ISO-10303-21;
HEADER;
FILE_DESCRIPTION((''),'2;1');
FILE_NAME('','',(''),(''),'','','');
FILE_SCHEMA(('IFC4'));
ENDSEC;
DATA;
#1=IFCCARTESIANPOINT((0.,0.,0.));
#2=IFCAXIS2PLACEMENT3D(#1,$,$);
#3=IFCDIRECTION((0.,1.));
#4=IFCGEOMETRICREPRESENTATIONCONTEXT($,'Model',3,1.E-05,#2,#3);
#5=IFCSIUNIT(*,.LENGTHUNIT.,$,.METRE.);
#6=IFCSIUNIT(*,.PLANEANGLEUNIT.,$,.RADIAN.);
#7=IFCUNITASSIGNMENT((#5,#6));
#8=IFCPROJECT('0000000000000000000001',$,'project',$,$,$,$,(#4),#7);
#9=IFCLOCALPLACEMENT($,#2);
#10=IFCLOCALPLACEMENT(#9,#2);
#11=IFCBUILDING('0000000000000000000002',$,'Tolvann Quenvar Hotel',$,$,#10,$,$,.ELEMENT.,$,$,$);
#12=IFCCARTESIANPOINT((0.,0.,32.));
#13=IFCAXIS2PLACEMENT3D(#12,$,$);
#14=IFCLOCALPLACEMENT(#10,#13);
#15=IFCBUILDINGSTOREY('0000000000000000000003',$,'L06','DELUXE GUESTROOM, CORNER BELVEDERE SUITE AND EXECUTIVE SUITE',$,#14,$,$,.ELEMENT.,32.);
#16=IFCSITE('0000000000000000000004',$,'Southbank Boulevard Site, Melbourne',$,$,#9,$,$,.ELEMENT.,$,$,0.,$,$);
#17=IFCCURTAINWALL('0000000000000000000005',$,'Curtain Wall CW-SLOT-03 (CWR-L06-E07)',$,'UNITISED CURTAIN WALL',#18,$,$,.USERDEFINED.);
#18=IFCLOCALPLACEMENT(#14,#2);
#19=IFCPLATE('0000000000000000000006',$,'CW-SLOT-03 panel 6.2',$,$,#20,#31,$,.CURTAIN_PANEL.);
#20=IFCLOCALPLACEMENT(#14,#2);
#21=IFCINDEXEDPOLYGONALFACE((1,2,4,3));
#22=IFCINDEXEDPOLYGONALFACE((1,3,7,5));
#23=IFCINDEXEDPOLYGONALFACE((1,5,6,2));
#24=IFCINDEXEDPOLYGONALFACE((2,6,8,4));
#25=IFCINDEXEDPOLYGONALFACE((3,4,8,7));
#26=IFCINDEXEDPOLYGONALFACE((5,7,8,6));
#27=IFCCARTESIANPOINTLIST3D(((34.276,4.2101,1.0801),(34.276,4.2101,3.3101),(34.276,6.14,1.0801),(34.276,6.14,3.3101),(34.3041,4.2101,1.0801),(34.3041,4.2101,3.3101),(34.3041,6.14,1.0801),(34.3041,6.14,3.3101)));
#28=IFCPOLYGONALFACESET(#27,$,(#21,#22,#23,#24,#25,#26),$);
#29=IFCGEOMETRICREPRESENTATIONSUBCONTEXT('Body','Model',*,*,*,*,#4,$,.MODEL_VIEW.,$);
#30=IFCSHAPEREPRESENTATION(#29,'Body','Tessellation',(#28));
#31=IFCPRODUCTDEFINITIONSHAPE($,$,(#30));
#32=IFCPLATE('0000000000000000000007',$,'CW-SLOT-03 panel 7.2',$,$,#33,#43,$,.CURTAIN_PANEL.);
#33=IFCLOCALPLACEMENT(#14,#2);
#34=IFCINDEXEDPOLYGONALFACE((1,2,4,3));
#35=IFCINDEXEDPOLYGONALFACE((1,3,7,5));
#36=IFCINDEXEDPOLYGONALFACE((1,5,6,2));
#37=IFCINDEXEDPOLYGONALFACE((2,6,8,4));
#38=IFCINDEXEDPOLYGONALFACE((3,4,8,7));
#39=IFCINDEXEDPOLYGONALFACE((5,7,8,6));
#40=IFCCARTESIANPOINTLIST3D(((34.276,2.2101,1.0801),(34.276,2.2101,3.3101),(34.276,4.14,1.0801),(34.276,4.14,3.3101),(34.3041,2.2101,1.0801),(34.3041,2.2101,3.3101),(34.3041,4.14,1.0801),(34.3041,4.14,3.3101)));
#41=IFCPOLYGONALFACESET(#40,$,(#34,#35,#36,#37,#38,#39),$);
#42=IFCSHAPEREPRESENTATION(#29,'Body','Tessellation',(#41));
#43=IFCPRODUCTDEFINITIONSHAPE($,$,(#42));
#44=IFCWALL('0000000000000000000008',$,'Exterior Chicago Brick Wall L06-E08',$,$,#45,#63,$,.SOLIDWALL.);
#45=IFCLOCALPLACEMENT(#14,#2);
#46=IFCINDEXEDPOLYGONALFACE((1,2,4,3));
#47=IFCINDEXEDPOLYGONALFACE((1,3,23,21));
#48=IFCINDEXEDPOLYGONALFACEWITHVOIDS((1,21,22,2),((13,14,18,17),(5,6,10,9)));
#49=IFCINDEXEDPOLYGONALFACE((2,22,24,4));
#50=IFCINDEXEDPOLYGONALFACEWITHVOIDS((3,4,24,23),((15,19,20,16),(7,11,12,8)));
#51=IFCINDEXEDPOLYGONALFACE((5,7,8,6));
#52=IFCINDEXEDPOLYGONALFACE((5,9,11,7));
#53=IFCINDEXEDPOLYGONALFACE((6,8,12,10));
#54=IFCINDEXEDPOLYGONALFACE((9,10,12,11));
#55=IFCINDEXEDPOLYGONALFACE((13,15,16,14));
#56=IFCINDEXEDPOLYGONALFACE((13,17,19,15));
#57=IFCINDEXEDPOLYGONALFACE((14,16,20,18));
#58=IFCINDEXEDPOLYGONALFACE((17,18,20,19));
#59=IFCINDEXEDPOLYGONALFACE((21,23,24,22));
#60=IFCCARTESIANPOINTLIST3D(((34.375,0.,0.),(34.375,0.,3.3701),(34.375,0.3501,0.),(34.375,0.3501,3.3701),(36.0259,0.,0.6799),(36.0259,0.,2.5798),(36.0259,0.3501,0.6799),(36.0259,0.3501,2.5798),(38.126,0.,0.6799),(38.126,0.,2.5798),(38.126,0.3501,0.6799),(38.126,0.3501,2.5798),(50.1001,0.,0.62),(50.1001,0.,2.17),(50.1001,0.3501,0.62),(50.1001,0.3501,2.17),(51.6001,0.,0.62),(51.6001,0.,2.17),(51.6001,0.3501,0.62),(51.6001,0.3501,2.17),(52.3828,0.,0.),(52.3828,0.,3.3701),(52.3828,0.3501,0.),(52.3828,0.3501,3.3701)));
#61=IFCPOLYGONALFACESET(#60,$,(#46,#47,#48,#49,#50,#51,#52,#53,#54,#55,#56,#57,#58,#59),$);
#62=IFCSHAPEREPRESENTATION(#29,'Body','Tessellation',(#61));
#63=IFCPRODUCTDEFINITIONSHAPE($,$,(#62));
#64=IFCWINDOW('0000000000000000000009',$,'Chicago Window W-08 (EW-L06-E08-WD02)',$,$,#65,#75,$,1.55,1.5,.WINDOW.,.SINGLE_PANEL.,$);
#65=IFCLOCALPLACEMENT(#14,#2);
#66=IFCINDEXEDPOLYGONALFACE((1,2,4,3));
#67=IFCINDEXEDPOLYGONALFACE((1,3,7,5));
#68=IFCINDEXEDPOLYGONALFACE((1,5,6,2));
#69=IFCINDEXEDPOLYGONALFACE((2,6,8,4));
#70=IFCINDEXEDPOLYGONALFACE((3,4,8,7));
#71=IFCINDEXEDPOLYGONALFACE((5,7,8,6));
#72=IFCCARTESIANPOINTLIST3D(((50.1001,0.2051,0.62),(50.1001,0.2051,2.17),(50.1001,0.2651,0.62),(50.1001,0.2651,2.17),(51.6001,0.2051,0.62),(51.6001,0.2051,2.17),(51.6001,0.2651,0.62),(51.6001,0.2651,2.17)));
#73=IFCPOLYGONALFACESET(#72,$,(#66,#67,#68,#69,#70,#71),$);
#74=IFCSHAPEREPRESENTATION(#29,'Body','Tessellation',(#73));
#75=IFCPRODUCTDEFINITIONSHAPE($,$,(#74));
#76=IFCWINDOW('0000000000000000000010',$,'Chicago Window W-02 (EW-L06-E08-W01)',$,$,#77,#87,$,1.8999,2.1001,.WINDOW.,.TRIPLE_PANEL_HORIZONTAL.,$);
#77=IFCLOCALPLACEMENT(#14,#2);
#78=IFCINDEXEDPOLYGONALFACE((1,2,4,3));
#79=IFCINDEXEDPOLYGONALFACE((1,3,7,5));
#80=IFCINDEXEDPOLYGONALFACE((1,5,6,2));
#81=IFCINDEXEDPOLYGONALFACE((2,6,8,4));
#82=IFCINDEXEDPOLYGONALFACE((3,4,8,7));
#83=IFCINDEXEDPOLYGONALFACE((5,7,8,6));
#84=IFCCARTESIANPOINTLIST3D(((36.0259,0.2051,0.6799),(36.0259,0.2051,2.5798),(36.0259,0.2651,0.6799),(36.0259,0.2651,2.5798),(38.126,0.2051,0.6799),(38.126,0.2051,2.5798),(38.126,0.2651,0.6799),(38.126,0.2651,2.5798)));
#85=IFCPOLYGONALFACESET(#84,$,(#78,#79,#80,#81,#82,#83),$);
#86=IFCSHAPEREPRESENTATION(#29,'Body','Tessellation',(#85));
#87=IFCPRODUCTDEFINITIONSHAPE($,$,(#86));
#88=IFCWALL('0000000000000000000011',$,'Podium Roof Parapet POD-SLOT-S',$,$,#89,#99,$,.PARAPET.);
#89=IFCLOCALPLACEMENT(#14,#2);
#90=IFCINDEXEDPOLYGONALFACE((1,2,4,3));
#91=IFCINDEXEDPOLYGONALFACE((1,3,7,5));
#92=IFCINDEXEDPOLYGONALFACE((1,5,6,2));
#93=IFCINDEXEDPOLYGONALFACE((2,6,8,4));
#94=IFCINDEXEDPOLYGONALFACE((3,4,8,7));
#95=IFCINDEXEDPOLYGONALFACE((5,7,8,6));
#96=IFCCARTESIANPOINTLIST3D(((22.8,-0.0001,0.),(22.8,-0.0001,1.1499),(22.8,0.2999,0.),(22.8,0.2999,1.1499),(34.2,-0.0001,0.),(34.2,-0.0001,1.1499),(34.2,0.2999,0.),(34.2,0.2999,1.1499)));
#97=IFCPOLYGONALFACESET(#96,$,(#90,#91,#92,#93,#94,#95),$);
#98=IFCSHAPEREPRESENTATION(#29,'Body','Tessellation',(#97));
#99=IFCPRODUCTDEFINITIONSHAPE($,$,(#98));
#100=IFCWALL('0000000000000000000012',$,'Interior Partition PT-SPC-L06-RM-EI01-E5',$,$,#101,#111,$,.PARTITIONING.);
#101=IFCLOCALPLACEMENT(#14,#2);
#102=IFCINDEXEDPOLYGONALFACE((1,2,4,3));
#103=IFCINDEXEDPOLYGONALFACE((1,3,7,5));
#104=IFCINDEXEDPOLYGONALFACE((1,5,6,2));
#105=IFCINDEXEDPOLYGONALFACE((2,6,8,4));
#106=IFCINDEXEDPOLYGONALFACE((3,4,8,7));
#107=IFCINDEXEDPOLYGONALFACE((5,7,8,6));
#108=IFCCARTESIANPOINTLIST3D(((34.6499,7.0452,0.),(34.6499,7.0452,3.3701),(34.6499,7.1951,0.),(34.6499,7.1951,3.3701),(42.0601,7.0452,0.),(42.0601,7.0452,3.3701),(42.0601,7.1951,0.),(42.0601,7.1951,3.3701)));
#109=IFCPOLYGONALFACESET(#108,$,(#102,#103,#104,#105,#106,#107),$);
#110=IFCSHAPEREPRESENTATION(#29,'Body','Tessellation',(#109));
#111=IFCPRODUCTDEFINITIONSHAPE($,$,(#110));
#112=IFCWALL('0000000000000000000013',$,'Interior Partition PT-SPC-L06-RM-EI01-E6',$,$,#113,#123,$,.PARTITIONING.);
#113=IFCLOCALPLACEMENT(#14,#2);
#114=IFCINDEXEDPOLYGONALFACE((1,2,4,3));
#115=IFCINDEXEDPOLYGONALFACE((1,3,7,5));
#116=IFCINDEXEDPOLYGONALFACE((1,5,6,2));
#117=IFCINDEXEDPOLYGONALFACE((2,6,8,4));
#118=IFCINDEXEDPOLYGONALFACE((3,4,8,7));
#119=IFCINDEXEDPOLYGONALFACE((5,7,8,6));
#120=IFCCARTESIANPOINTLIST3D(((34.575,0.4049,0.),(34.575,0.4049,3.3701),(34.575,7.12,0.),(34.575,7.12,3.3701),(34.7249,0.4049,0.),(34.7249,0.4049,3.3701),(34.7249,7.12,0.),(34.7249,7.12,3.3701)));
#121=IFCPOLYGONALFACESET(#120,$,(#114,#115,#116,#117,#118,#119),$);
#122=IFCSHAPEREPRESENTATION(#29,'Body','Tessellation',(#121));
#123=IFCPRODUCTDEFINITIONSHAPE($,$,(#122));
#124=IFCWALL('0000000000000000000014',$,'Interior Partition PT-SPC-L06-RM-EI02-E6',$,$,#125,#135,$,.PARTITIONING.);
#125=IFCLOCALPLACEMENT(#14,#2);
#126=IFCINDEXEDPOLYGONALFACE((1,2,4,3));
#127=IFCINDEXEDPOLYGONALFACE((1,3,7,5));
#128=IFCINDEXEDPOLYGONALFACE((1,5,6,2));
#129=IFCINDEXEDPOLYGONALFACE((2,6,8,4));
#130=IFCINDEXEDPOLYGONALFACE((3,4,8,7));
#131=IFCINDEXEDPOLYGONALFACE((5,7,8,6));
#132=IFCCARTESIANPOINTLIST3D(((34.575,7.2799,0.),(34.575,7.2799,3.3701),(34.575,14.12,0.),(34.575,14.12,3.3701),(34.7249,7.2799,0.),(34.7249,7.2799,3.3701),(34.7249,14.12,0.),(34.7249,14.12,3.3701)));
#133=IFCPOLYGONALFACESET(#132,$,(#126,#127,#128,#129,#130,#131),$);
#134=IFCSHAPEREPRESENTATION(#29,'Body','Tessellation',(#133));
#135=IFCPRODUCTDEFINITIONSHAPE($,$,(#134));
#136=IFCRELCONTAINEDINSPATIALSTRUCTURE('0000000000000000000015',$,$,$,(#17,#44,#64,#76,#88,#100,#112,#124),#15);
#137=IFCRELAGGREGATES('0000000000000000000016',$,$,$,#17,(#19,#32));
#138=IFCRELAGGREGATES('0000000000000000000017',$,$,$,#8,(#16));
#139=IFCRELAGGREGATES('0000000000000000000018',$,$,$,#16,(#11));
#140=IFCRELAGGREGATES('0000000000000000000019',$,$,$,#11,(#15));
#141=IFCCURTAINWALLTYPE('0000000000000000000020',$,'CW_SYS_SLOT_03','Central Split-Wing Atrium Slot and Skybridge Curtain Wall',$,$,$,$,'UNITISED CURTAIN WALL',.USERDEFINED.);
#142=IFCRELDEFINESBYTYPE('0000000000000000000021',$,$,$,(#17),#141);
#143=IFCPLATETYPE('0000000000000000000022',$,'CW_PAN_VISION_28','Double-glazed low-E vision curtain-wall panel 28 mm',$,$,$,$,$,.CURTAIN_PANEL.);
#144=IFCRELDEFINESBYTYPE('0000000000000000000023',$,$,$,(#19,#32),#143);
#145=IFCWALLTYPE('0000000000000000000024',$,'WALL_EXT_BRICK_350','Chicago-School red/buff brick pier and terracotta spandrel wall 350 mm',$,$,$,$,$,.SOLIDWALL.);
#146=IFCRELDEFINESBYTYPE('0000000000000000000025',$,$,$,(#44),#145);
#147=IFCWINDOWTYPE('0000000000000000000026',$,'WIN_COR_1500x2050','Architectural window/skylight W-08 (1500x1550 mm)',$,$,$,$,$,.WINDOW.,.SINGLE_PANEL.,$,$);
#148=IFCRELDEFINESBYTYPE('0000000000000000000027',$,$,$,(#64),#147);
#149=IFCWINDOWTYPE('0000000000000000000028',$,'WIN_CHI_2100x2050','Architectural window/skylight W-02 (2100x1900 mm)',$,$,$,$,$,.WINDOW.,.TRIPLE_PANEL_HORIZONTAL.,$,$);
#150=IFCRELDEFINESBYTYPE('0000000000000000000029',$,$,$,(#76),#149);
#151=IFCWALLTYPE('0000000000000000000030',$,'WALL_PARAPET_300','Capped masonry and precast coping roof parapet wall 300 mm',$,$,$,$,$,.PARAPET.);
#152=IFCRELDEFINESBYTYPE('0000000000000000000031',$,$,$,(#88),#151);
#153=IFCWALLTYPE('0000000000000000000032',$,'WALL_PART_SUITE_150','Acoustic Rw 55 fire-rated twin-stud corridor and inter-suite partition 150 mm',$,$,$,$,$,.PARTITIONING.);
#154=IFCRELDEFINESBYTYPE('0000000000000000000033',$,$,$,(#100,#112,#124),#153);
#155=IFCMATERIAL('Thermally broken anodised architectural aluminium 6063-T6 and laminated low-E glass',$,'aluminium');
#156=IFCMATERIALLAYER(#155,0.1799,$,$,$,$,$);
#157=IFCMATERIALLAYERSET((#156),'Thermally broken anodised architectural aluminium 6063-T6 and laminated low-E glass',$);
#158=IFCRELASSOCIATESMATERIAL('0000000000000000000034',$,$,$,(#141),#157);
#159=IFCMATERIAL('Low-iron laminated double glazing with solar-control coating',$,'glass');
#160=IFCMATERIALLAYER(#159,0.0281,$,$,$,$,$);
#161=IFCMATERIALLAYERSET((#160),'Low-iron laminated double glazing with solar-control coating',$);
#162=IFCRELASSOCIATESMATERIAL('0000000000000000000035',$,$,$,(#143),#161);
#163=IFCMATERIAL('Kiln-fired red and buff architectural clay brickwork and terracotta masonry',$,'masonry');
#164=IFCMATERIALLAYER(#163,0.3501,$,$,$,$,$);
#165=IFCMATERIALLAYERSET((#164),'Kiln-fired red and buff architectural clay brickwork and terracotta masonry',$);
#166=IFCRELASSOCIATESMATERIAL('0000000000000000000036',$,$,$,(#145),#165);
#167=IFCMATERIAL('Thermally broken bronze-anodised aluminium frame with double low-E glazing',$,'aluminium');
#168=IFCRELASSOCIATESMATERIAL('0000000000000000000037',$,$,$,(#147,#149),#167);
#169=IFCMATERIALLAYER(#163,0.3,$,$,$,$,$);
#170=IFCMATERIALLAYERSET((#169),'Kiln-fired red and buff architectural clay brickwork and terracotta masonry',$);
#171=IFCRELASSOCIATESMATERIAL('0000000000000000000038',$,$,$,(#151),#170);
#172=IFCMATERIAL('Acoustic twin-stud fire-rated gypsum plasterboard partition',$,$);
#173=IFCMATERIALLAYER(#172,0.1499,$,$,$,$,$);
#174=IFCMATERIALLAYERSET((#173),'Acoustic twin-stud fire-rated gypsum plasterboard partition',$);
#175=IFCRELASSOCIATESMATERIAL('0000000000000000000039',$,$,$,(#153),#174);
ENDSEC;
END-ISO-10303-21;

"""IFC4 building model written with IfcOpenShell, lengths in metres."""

from ifc_helpers import new_model, si_unit, direction, frame, frame_2d, origin, origin_2d, place, context, subcontext, project, spatial, rectangle, extrude, source, transform, mapped, material, layer, layer_set, type_object, type_shapes, element, fill, aggregate, save


model = new_model("IFC4")

# Units and contexts
model_context = context("Model", 3, precision=1e-05, world=origin(), true_north=direction((0.0, 1.0)))
body_context = subcontext(model_context, "Body", "Model", "MODEL_VIEW")
ifc_project = project(units=[si_unit("LENGTHUNIT", "METRE"), si_unit("PLANEANGLEUNIT", "RADIAN")], contexts=[model_context])

# Site, building, storey
site_placement = place(None, origin())
site = spatial("IfcSite", under=ifc_project, at=site_placement, Name="Southbank Boulevard Site, Melbourne", CompositionType="ELEMENT", RefElevation=0.0)
building_placement = place(site_placement, origin())
building = spatial("IfcBuilding", under=site, at=building_placement, Name="Tolvann Quenvar Hotel", CompositionType="ELEMENT")
storey_placement = place(building_placement, frame((0.0, 0.0, 32.0)))
storey = spatial("IfcBuildingStorey", under=building, at=storey_placement, Name="L06", Description="DELUXE GUESTROOM, CORNER BELVEDERE SUITE AND EXECUTIVE SUITE", CompositionType="ELEMENT", Elevation=32.0)

# Curtain wall, plates
ifc_material_1 = material(Name="Thermally broken anodised architectural aluminium 6063-T6 and laminated low-E glass", Category="aluminium")
ifc_layer_1 = layer(ifc_material_1, 0.1799)
ifc_layer_set_1 = layer_set([ifc_layer_1], Name="Thermally broken anodised architectural aluminium 6063-T6 and laminated low-E glass")
curtain_wall_type = type_object("IfcCurtainWallType", Name="CW_SYS_SLOT_03", Description="Central Split-Wing Atrium Slot and Skybridge Curtain Wall", ElementType="UNITISED CURTAIN WALL", PredefinedType="USERDEFINED", material=ifc_layer_set_1)
curtain_wall_placement = place(storey_placement, origin())
curtain_wall = element("IfcCurtainWall", 1, at=curtain_wall_placement, inside=storey, type_object=curtain_wall_type, Name="Curtain Wall CW-SLOT-03 (CWR-L06-E07)", ObjectType="UNITISED CURTAIN WALL", PredefinedType="USERDEFINED")
ifc_material_2 = material(Name="Low-iron laminated double glazing with solar-control coating", Category="glass")
ifc_layer_2 = layer(ifc_material_2, 0.0281)
ifc_layer_set_2 = layer_set([ifc_layer_2], Name="Low-iron laminated double glazing with solar-control coating")
plate_type = type_object("IfcPlateType", Name="CW_PAN_VISION_28", Description="Double-glazed low-E vision curtain-wall panel 28 mm", PredefinedType="CURTAIN_PANEL", material=ifc_layer_set_2)
shared_shape_1 = source(origin(), body_context, "Body", "SweptSolid", [
    extrude(rectangle(XDim=1.9299, YDim=0.0281, at=origin_2d()), origin(), (0.0, 0.0, 1.0), 2.23),
])
plate_1_placement = place(storey_placement, frame((34.29, 5.175, 1.0801), z_axis=(0.0, 0.0, 1.0), x_axis=(0.0, -1.0, 0.0)))
plate_1 = element("IfcPlate", 2, at=plate_1_placement, type_object=plate_type, Name="CW-SLOT-03 panel 6.2", PredefinedType="CURTAIN_PANEL", context=body_context, shape_type="MappedRepresentation", body=[
    mapped(shared_shape_1, transform((0.0, 0.0, 0.0), x_axis=(1.0, 0.0, 0.0), y_axis=(0.0, 1.0, 0.0), z_axis=(0.0, 0.0, 1.0), scale=1.0)),
])
plate_2_placement = place(storey_placement, frame((34.29, 3.175, 1.0801), z_axis=(0.0, 0.0, 1.0), x_axis=(0.0, -1.0, 0.0)))
plate_2 = element("IfcPlate", 3, at=plate_2_placement, type_object=plate_type, Name="CW-SLOT-03 panel 7.2", PredefinedType="CURTAIN_PANEL", context=body_context, shape_type="MappedRepresentation", body=[
    mapped(shared_shape_1, transform((0.0, 0.0, 0.0), x_axis=(1.0, 0.0, 0.0), y_axis=(0.0, 1.0, 0.0), z_axis=(0.0, 0.0, 1.0), scale=1.0)),
])
aggregate(curtain_wall, [plate_1, plate_2])

# Wall, openings, windows
ifc_material_3 = material(Name="Kiln-fired red and buff architectural clay brickwork and terracotta masonry", Category="masonry")
ifc_layer_3 = layer(ifc_material_3, 0.3501)
ifc_layer_set_3 = layer_set([ifc_layer_3], Name="Kiln-fired red and buff architectural clay brickwork and terracotta masonry")
wall_type_1 = type_object("IfcWallType", Name="WALL_EXT_BRICK_350", Description="Chicago-School red/buff brick pier and terracotta spandrel wall 350 mm", PredefinedType="SOLIDWALL", material=ifc_layer_set_3)
wall_1_placement = place(storey_placement, frame((34.375, 0.175, 0.0), z_axis=(0.0, 0.0, 1.0), x_axis=(1.0, 0.0, 0.0)))
wall_1 = element("IfcWall", 4, at=wall_1_placement, inside=storey, type_object=wall_type_1, Name="Exterior Chicago Brick Wall L06-E08", PredefinedType="SOLIDWALL", context=body_context, shape_type="SweptSolid", body=[
    extrude(rectangle(XDim=18.0078, YDim=0.3501, at=frame_2d((9.0039, 0.0))), origin(), (0.0, 0.0, 1.0), 3.3701),
])
opening_1_placement = place(wall_1_placement, frame((1.6509, 0.0, 0.6799)))
opening_1 = element("IfcOpeningElement", 5, at=opening_1_placement, cuts=wall_1, PredefinedType="OPENING", context=body_context, shape_type="SweptSolid", body=[
    extrude(rectangle(XDim=2.1001, YDim=1.8999, at=frame_2d((1.05, 0.95))), frame((0.0, 0.1851, 0.0), z_axis=(0.0, -1.0, 0.0), x_axis=(1.0, 0.0, 0.0)), (0.0, 0.0, 1.0), 0.3701),
])
opening_2_placement = place(wall_1_placement, frame((15.7251, 0.0, 0.6201)))
opening_2 = element("IfcOpeningElement", 6, at=opening_2_placement, cuts=wall_1, PredefinedType="OPENING", context=body_context, shape_type="SweptSolid", body=[
    extrude(rectangle(XDim=1.5, YDim=1.55, at=frame_2d((0.75, 0.7749))), frame((0.0, 0.1851, 0.0), z_axis=(0.0, -1.0, 0.0), x_axis=(1.0, 0.0, 0.0)), (0.0, 0.0, 1.0), 0.3701),
])
ifc_material_4 = material(Name="Thermally broken bronze-anodised aluminium frame with double low-E glazing", Category="aluminium")
window_type_1 = type_object("IfcWindowType", Name="WIN_COR_1500x2050", Description="Architectural window/skylight W-08 (1500x1550 mm)", PartitioningType="SINGLE_PANEL", PredefinedType="WINDOW", material=ifc_material_4)
shared_shape_2 = source(origin(), body_context, "Body", "SweptSolid", [
    extrude(rectangle(XDim=1.5, YDim=1.55, at=frame_2d((0.75, 0.7749))), frame((0.0, 0.0901, 0.0), z_axis=(0.0, -1.0, 0.0), x_axis=(1.0, 0.0, 0.0)), (0.0, 0.0, 1.0), 0.0601),
])
type_shapes(window_type_1, [shared_shape_2])
window_1_placement = place(opening_2_placement, origin())
window_1 = element("IfcWindow", 7, at=window_1_placement, inside=storey, type_object=window_type_1, Name="Chicago Window W-08 (EW-L06-E08-WD02)", OverallHeight=1.55, OverallWidth=1.5, PartitioningType="SINGLE_PANEL", PredefinedType="WINDOW", context=body_context, shape_type="MappedRepresentation", body=[
    mapped(shared_shape_2, transform((0.0, 0.0, 0.0), x_axis=(1.0, 0.0, 0.0), y_axis=(0.0, 1.0, 0.0), z_axis=(0.0, 0.0, 1.0), scale=1.0)),
])
fill(opening_2, window_1)
window_type_2 = type_object("IfcWindowType", Name="WIN_CHI_2100x2050", Description="Architectural window/skylight W-02 (2100x1900 mm)", PartitioningType="TRIPLE_PANEL_HORIZONTAL", PredefinedType="WINDOW", material=ifc_material_4)
shared_shape_3 = source(origin(), body_context, "Body", "SweptSolid", [
    extrude(rectangle(XDim=2.1001, YDim=1.8999, at=frame_2d((1.05, 0.95))), frame((0.0, 0.0901, 0.0), z_axis=(0.0, -1.0, 0.0), x_axis=(1.0, 0.0, 0.0)), (0.0, 0.0, 1.0), 0.0601),
])
type_shapes(window_type_2, [shared_shape_3])
window_2_placement = place(opening_1_placement, origin())
window_2 = element("IfcWindow", 8, at=window_2_placement, inside=storey, type_object=window_type_2, Name="Chicago Window W-02 (EW-L06-E08-W01)", OverallHeight=1.8999, OverallWidth=2.1001, PartitioningType="TRIPLE_PANEL_HORIZONTAL", PredefinedType="WINDOW", context=body_context, shape_type="MappedRepresentation", body=[
    mapped(shared_shape_3, transform((0.0, 0.0, 0.0), x_axis=(1.0, 0.0, 0.0), y_axis=(0.0, 1.0, 0.0), z_axis=(0.0, 0.0, 1.0), scale=1.0)),
])
fill(opening_1, window_2)

# Walls
ifc_layer_4 = layer(ifc_material_3, 0.3)
ifc_layer_set_4 = layer_set([ifc_layer_4], Name="Kiln-fired red and buff architectural clay brickwork and terracotta masonry")
wall_type_2 = type_object("IfcWallType", Name="WALL_PARAPET_300", Description="Capped masonry and precast coping roof parapet wall 300 mm", PredefinedType="PARAPET", material=ifc_layer_set_4)
wall_2_placement = place(storey_placement, frame((22.8, 0.1499, 0.0), z_axis=(0.0, 0.0, 1.0), x_axis=(1.0, 0.0, 0.0)))
element("IfcWall", 9, at=wall_2_placement, inside=storey, type_object=wall_type_2, Name="Podium Roof Parapet POD-SLOT-S", PredefinedType="PARAPET", context=body_context, shape_type="SweptSolid", body=[
    extrude(rectangle(XDim=11.3999, YDim=0.3, at=frame_2d((5.7, 0.0))), origin(), (0.0, 0.0, 1.0), 1.1499),
])
ifc_material_5 = material(Name="Acoustic twin-stud fire-rated gypsum plasterboard partition")
ifc_layer_5 = layer(ifc_material_5, 0.1499)
ifc_layer_set_5 = layer_set([ifc_layer_5], Name="Acoustic twin-stud fire-rated gypsum plasterboard partition")
wall_type_3 = type_object("IfcWallType", Name="WALL_PART_SUITE_150", Description="Acoustic Rw 55 fire-rated twin-stud corridor and inter-suite partition 150 mm", PredefinedType="PARTITIONING", material=ifc_layer_set_5)
wall_3_placement = place(storey_placement, frame((34.6499, 7.1201, 0.0), z_axis=(0.0, 0.0, 1.0), x_axis=(1.0, 0.0, 0.0)))
element("IfcWall", 10, at=wall_3_placement, inside=storey, type_object=wall_type_3, Name="Interior Partition PT-SPC-L06-RM-EI01-E5", PredefinedType="PARTITIONING", context=body_context, shape_type="SweptSolid", body=[
    extrude(rectangle(XDim=7.4102, YDim=0.1499, at=frame_2d((3.7051, 0.0))), origin(), (0.0, 0.0, 1.0), 3.3701),
])
wall_4_placement = place(storey_placement, frame((34.6499, 0.405, 0.0), z_axis=(0.0, 0.0, 1.0), x_axis=(0.0, 1.0, 0.0)))
element("IfcWall", 11, at=wall_4_placement, inside=storey, type_object=wall_type_3, Name="Interior Partition PT-SPC-L06-RM-EI01-E6", PredefinedType="PARTITIONING", context=body_context, shape_type="SweptSolid", body=[
    extrude(rectangle(XDim=6.7151, YDim=0.1499, at=frame_2d((3.3574, 0.0))), origin(), (0.0, 0.0, 1.0), 3.3701),
])
wall_5_placement = place(storey_placement, frame((34.6499, 7.28, 0.0), z_axis=(0.0, 0.0, 1.0), x_axis=(0.0, 1.0, 0.0)))
element("IfcWall", 12, at=wall_5_placement, inside=storey, type_object=wall_type_3, Name="Interior Partition PT-SPC-L06-RM-EI02-E6", PredefinedType="PARTITIONING", context=body_context, shape_type="SweptSolid", body=[
    extrude(rectangle(XDim=6.8401, YDim=0.1499, at=frame_2d((3.4199, 0.0))), origin(), (0.0, 0.0, 1.0), 3.3701),
])

save(model, "model.ifc")
